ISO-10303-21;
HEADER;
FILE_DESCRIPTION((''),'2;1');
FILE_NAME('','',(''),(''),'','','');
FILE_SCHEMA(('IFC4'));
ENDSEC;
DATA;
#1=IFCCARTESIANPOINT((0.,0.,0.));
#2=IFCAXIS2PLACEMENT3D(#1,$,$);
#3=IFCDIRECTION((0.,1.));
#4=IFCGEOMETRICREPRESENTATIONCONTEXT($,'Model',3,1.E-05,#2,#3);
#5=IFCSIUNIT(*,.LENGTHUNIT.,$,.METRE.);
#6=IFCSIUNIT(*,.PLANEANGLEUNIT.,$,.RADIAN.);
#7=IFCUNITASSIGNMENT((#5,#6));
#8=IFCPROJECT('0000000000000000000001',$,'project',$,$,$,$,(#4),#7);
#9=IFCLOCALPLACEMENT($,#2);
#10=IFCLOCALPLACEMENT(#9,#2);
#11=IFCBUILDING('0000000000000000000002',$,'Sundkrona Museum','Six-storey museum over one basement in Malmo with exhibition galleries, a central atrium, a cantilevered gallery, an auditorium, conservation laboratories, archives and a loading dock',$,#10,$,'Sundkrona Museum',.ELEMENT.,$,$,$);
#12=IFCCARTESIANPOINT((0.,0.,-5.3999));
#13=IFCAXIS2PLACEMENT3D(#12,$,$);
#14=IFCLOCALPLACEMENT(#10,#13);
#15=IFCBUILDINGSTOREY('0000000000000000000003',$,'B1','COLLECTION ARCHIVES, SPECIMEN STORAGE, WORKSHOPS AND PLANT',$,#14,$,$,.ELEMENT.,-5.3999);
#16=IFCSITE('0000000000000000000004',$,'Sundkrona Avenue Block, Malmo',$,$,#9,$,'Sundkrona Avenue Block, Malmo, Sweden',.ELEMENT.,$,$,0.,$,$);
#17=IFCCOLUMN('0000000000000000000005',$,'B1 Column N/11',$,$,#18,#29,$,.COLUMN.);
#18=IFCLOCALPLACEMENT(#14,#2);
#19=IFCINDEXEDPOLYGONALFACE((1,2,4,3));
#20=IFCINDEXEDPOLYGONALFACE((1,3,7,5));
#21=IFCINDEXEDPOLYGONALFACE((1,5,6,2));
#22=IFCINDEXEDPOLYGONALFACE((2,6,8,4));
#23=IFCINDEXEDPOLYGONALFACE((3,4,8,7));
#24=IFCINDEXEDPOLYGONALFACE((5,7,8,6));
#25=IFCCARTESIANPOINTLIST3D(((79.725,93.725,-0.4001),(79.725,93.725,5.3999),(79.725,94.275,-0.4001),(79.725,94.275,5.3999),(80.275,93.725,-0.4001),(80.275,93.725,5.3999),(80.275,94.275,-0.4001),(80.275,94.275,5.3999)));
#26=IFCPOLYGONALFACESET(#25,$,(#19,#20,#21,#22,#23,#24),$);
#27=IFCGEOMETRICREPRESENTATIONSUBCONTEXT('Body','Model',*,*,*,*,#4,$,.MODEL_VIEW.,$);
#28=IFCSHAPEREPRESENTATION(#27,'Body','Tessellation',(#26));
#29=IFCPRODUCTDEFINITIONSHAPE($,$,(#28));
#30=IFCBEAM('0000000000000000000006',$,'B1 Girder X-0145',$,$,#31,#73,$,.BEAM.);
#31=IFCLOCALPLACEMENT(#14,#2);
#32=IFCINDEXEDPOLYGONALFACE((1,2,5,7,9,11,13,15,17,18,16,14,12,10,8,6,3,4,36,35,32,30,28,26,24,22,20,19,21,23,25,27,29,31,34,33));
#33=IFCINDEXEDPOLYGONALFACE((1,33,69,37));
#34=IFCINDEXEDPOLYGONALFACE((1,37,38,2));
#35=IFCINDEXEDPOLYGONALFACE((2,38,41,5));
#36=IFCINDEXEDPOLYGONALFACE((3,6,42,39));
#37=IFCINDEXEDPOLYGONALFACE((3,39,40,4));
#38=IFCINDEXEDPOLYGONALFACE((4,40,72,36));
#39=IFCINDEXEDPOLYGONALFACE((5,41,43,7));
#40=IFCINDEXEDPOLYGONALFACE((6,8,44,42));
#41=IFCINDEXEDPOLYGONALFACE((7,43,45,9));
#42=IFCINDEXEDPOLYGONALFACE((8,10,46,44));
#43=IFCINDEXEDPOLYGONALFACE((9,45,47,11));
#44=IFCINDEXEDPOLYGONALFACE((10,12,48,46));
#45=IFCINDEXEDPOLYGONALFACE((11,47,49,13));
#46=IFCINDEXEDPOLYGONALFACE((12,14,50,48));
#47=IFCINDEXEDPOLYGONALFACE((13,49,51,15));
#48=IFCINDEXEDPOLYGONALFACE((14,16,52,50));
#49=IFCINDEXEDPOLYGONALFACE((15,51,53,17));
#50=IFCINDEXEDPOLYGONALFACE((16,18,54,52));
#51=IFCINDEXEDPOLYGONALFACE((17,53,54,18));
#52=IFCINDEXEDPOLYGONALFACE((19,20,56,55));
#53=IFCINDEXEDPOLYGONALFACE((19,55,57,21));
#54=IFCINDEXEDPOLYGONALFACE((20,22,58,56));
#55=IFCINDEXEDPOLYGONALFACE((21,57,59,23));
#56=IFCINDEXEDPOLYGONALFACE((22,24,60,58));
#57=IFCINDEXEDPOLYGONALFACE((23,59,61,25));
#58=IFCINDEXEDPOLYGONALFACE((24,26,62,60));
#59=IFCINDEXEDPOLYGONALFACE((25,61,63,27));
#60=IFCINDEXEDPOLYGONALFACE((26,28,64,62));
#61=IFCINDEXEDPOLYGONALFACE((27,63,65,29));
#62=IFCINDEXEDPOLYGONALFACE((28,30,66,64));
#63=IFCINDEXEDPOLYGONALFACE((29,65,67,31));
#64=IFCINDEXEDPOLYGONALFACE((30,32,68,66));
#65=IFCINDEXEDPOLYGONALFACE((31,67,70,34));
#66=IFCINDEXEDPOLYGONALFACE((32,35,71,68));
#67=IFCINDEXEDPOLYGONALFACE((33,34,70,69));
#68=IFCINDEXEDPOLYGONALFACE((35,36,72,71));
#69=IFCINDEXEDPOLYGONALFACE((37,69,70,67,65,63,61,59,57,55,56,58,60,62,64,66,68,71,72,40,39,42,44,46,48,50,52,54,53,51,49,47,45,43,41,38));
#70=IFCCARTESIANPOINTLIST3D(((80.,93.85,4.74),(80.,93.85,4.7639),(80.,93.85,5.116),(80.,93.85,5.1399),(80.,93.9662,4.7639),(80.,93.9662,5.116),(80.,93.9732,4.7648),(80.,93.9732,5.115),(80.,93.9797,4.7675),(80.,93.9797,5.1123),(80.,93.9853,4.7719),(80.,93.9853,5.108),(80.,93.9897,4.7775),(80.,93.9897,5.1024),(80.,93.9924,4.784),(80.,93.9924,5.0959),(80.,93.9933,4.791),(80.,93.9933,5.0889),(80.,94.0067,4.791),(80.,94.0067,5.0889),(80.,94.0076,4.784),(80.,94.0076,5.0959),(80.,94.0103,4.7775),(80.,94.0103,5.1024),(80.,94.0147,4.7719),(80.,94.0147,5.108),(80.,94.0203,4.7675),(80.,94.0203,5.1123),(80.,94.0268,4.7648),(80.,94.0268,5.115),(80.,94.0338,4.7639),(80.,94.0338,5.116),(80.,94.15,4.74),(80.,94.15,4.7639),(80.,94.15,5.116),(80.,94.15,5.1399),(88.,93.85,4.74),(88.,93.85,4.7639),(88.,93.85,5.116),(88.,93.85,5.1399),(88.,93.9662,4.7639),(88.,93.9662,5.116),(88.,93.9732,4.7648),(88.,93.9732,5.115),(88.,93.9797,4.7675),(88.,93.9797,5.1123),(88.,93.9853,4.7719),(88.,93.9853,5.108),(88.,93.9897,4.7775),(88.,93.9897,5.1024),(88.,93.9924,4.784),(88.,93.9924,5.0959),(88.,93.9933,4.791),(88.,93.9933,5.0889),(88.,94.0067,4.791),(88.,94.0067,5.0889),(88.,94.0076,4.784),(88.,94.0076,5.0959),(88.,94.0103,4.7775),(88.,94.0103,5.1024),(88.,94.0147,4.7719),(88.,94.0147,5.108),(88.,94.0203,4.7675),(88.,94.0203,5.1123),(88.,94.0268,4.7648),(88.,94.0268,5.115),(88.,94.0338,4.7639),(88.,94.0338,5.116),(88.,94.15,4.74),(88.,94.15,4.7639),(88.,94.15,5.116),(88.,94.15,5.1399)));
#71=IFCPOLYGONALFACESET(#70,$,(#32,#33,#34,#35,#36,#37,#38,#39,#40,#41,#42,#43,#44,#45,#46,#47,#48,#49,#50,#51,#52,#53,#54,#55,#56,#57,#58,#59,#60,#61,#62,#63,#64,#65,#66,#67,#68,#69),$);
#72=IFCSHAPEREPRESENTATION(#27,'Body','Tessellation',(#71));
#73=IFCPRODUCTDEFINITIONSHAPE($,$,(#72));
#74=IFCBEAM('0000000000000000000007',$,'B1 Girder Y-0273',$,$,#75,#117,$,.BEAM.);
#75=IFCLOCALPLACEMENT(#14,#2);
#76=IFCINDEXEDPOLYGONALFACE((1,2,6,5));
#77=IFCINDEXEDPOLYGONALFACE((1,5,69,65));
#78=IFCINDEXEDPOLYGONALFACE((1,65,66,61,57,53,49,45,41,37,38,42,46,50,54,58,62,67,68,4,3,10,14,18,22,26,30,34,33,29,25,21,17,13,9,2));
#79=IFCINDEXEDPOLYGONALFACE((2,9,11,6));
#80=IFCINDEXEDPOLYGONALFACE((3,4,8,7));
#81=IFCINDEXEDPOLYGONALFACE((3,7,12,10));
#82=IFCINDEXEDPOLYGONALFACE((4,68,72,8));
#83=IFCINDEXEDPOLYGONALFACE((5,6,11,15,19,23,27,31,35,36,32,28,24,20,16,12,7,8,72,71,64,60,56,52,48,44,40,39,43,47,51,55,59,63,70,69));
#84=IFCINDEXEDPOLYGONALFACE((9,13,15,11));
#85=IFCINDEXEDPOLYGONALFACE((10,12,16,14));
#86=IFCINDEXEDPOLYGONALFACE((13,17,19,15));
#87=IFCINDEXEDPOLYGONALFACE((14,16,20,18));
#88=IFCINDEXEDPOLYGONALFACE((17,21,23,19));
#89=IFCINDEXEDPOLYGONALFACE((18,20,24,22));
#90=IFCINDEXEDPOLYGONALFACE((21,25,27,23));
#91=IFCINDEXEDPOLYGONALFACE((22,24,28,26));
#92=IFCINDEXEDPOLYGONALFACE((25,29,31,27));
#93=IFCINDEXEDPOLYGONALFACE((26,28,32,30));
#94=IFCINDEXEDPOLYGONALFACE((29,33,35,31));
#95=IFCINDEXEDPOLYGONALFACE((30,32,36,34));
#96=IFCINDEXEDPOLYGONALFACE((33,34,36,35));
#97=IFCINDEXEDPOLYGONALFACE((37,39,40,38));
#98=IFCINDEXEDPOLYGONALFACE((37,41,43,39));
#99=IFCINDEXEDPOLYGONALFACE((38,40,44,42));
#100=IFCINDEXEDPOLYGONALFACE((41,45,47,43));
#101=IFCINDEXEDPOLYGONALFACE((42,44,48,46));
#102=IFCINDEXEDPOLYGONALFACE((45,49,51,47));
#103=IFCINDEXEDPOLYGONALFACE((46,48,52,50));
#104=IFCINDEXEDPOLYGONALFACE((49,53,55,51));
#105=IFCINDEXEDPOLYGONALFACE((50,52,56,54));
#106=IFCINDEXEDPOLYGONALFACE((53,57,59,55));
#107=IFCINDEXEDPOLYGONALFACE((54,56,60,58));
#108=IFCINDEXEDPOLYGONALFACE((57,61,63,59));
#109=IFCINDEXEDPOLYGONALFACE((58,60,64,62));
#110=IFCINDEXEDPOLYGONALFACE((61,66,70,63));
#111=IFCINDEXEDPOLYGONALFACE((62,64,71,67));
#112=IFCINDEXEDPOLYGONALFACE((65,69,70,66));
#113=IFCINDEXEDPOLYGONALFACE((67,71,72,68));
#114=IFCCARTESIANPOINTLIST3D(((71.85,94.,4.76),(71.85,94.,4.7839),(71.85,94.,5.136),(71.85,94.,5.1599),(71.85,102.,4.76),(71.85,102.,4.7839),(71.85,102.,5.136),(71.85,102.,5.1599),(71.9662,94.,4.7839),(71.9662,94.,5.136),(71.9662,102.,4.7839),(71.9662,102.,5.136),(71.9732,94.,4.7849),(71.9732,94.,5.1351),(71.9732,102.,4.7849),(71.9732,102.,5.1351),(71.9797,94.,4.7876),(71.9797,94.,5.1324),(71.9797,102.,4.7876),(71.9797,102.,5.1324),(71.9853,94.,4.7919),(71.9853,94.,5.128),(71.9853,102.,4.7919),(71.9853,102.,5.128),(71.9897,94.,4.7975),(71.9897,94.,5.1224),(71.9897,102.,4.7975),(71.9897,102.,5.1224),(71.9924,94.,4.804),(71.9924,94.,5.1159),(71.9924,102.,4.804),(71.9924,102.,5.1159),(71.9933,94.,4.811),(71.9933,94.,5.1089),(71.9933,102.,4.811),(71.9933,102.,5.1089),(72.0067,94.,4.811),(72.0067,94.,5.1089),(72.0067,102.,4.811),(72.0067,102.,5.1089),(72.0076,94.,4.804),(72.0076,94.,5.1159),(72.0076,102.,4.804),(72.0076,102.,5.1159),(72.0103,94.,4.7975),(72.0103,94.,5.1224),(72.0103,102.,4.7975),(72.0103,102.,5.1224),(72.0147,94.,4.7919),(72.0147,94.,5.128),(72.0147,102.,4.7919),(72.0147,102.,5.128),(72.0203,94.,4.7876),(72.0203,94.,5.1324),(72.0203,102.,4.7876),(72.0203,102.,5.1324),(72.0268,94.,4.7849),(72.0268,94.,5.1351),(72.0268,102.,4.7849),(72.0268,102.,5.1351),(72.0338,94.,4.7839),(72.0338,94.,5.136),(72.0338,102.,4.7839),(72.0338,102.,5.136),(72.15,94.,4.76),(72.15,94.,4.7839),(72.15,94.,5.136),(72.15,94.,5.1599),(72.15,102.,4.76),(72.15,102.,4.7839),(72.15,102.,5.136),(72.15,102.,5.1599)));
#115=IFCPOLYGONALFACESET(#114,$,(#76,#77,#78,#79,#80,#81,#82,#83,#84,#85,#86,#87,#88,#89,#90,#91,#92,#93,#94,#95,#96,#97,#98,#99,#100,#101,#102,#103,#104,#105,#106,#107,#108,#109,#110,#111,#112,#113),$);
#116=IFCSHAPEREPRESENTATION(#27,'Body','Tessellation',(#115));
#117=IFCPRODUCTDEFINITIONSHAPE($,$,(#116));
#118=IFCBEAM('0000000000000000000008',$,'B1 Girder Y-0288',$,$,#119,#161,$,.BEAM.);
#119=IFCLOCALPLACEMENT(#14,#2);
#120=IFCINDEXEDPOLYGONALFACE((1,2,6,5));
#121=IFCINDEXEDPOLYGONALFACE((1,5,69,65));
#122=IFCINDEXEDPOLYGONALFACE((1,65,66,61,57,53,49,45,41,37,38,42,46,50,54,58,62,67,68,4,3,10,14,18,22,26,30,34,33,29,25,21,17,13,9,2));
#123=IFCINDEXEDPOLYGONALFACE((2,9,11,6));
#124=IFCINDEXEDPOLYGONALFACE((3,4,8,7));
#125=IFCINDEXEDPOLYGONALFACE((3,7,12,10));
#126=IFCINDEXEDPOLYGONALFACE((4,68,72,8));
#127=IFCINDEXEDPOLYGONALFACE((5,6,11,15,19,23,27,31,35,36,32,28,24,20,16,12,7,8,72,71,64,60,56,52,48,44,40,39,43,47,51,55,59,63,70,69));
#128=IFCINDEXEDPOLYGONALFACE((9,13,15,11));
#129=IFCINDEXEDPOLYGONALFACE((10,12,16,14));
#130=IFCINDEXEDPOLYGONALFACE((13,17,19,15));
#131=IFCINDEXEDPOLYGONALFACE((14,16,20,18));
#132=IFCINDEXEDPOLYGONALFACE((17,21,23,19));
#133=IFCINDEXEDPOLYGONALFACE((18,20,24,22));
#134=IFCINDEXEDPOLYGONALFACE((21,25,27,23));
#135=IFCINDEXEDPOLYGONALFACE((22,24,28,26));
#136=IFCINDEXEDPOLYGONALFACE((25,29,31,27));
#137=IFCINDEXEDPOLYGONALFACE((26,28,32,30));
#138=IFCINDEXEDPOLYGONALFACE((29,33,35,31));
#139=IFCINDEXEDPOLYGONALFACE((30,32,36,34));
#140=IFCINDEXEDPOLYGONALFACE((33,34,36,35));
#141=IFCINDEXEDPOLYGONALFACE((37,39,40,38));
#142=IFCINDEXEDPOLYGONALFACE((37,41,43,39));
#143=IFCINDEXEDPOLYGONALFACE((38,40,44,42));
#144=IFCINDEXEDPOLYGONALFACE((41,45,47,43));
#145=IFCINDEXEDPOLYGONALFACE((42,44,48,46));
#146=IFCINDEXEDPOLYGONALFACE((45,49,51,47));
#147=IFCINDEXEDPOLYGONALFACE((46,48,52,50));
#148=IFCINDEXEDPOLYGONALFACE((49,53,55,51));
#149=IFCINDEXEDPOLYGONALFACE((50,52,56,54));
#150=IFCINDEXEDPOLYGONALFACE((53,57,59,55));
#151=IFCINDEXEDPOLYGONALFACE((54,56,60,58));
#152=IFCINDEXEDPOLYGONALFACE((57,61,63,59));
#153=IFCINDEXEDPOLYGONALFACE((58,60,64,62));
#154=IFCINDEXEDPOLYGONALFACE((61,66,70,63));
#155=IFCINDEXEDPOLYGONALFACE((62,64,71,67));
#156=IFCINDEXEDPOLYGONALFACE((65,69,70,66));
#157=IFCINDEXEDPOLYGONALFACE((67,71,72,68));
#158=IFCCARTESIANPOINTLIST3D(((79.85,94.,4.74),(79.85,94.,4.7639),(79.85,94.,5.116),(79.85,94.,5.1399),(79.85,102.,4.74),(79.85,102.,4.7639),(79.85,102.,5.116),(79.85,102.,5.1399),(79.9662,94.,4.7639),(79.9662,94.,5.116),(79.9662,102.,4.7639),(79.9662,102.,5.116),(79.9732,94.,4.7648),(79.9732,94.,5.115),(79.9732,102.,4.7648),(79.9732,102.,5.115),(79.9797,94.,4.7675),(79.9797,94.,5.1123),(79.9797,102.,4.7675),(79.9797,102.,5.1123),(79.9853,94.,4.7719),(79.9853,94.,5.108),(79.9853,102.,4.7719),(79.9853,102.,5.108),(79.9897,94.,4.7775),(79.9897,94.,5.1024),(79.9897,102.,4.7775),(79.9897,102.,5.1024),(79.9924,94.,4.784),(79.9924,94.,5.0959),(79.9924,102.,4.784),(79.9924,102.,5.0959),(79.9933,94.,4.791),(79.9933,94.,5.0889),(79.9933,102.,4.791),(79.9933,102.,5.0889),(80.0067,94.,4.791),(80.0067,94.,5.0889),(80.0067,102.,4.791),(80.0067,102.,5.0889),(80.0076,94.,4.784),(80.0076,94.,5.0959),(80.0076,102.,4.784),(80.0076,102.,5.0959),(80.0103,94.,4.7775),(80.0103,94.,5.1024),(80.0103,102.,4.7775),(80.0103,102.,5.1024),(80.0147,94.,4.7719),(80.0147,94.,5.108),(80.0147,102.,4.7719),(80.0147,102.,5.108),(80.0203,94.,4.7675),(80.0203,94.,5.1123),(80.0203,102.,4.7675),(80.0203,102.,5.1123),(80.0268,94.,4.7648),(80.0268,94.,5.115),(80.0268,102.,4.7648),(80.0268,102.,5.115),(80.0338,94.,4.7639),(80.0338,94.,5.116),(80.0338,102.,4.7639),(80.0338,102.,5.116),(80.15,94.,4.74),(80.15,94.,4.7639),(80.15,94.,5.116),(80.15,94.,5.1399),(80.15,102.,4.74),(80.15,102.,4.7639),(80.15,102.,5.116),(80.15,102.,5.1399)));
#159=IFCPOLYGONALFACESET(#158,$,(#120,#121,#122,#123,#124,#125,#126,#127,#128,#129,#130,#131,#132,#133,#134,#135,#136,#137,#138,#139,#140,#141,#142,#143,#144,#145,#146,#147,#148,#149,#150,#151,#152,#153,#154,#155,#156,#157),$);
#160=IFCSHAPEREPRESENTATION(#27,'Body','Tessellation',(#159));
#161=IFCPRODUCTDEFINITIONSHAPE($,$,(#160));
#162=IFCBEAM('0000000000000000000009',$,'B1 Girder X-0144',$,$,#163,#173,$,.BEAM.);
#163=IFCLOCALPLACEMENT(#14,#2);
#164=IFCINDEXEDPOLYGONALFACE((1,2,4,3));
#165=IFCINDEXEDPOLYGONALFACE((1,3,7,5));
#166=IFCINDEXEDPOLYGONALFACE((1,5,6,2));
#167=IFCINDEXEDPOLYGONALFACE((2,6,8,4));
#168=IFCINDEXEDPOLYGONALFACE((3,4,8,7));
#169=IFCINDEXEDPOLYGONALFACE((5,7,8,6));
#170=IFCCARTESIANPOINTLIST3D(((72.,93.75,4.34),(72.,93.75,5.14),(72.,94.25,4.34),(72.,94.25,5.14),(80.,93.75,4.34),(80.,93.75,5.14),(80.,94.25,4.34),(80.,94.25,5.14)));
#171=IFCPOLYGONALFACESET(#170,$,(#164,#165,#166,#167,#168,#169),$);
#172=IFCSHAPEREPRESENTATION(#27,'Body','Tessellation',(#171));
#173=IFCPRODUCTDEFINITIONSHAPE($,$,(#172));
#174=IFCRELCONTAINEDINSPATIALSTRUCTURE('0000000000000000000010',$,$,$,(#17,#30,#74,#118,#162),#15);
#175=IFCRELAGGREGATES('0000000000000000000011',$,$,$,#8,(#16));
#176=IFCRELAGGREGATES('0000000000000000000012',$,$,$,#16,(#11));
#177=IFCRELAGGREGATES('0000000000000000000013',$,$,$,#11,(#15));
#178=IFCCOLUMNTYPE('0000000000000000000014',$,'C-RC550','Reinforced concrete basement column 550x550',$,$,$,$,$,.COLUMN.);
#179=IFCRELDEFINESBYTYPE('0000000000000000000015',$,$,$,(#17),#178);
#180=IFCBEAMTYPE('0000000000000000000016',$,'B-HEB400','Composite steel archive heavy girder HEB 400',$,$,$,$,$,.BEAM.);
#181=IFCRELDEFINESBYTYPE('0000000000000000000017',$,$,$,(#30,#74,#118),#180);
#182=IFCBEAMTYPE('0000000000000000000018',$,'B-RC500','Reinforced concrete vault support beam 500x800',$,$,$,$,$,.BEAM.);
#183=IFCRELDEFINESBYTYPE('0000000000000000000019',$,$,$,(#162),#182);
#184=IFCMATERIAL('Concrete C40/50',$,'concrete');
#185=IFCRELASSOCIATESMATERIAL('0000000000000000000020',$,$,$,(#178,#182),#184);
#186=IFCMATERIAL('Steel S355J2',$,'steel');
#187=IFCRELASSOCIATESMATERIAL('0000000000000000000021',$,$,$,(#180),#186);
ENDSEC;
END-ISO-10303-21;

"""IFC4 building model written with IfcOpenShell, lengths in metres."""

from ifc_helpers import new_model, si_unit, direction, frame, origin, origin_2d, place, context, subcontext, project, spatial, rectangle, i_section, extrude, material, material_profile, profile_set, type_object, element, save


model = new_model("IFC4")

# Units and contexts
model_context = context("Model", 3, precision=1e-05, world=origin(), true_north=direction((0.0, 1.0)))
body_context = subcontext(model_context, "Body", "Model", "MODEL_VIEW")
ifc_project = project(units=[si_unit("LENGTHUNIT", "METRE"), si_unit("PLANEANGLEUNIT", "RADIAN")], contexts=[model_context])

# Site, building, storey
site_placement = place(None, origin())
site = spatial("IfcSite", under=ifc_project, at=site_placement, Name="Sundkrona Avenue Block, Malmo", LongName="Sundkrona Avenue Block, Malmo, Sweden", CompositionType="ELEMENT", RefElevation=0.0)
building_placement = place(site_placement, origin())
building = spatial("IfcBuilding", under=site, at=building_placement, Name="Sundkrona Museum", Description="Six-storey museum over one basement in Malmo with exhibition galleries, a central atrium, a cantilevered gallery, an auditorium, conservation laboratories, archives and a loading dock", LongName="Sundkrona Museum", CompositionType="ELEMENT")
storey_placement = place(building_placement, frame((0.0, 0.0, -5.3999)))
storey = spatial("IfcBuildingStorey", under=building, at=storey_placement, Name="B1", Description="COLLECTION ARCHIVES, SPECIMEN STORAGE, WORKSHOPS AND PLANT", CompositionType="ELEMENT", Elevation=-5.3999)

# Shared definitions
ifc_material_1 = material(Name="Concrete C40/50", Category="concrete")

# Column
ifc_material_profile_1 = material_profile(ifc_material_1, rectangle(XDim=0.55, YDim=0.55, at=origin_2d()), Name="RC 550x550")
ifc_profile_set_1 = profile_set([ifc_material_profile_1], Name="Concrete C40/50")
column_type_1 = type_object("IfcColumnType", Name="C-RC550", Description="Reinforced concrete basement column 550x550", PredefinedType="COLUMN", material=ifc_profile_set_1)
column_1_placement = place(storey_placement, frame((80.0, 94.0, -0.4001), z_axis=(0.0, 0.0, 1.0), x_axis=(1.0, 0.0, 0.0)))
element("IfcColumn", 1, at=column_1_placement, inside=storey, type_object=column_type_1, Name="B1 Column N/11", PredefinedType="COLUMN", context=body_context, shape_type="SweptSolid", body=[
    extrude(rectangle(XDim=0.55, YDim=0.55, at=origin_2d()), origin(), (0.0, 0.0, 1.0), 5.8),
])

# Beams
ifc_material_2 = material(Name="Steel S355J2", Category="steel")
ifc_material_profile_2 = material_profile(ifc_material_2, i_section(OverallWidth=0.3, OverallDepth=0.3999, WebThickness=0.0134, FlangeThickness=0.0239, FilletRadius=0.0271, at=origin_2d()), Name="HEB 400")
ifc_profile_set_2 = profile_set([ifc_material_profile_2], Name="Steel S355J2")
beam_type_1 = type_object("IfcBeamType", Name="B-HEB400", Description="Composite steel archive heavy girder HEB 400", PredefinedType="BEAM", material=ifc_profile_set_2)
for number, where, z_axis, x_axis, name in (
    (2, (80.0, 94.0, 4.9399), (1.0, 0.0, 0.0), (0.0, 1.0, 0.0), "B1 Girder X-0145"),
    (3, (72.0, 94.0, 4.96), (0.0, 1.0, 0.0), (-1.0, 0.0, 0.0), "B1 Girder Y-0273"),
    (4, (80.0, 94.0, 4.9399), (0.0, 1.0, 0.0), (-1.0, 0.0, 0.0), "B1 Girder Y-0288"),
):
    element("IfcBeam", number, at=place(storey_placement, frame(where, z_axis=z_axis, x_axis=x_axis)), inside=storey, type_object=beam_type_1, Name=name, PredefinedType="BEAM", context=body_context, shape_type="SweptSolid", body=[
        extrude(i_section(OverallWidth=0.3, OverallDepth=0.3999, WebThickness=0.0134, FlangeThickness=0.0239, FilletRadius=0.0271, at=origin_2d()), origin(), (0.0, 0.0, 1.0), 8.0),
    ])
ifc_material_profile_3 = material_profile(ifc_material_1, rectangle(XDim=0.5, YDim=0.8, at=origin_2d()), Name="RCB 500x800")
ifc_profile_set_3 = profile_set([ifc_material_profile_3], Name="Concrete C40/50")
beam_type_2 = type_object("IfcBeamType", Name="B-RC500", Description="Reinforced concrete vault support beam 500x800", PredefinedType="BEAM", material=ifc_profile_set_3)
beam_1_placement = place(storey_placement, frame((72.0, 94.0, 4.74), z_axis=(1.0, 0.0, 0.0), x_axis=(0.0, 1.0, 0.0)))
element("IfcBeam", 5, at=beam_1_placement, inside=storey, type_object=beam_type_2, Name="B1 Girder X-0144", PredefinedType="BEAM", context=body_context, shape_type="SweptSolid", body=[
    extrude(rectangle(XDim=0.5, YDim=0.8, at=origin_2d()), origin(), (0.0, 0.0, 1.0), 8.0),
])

save(model, "model.ifc")
